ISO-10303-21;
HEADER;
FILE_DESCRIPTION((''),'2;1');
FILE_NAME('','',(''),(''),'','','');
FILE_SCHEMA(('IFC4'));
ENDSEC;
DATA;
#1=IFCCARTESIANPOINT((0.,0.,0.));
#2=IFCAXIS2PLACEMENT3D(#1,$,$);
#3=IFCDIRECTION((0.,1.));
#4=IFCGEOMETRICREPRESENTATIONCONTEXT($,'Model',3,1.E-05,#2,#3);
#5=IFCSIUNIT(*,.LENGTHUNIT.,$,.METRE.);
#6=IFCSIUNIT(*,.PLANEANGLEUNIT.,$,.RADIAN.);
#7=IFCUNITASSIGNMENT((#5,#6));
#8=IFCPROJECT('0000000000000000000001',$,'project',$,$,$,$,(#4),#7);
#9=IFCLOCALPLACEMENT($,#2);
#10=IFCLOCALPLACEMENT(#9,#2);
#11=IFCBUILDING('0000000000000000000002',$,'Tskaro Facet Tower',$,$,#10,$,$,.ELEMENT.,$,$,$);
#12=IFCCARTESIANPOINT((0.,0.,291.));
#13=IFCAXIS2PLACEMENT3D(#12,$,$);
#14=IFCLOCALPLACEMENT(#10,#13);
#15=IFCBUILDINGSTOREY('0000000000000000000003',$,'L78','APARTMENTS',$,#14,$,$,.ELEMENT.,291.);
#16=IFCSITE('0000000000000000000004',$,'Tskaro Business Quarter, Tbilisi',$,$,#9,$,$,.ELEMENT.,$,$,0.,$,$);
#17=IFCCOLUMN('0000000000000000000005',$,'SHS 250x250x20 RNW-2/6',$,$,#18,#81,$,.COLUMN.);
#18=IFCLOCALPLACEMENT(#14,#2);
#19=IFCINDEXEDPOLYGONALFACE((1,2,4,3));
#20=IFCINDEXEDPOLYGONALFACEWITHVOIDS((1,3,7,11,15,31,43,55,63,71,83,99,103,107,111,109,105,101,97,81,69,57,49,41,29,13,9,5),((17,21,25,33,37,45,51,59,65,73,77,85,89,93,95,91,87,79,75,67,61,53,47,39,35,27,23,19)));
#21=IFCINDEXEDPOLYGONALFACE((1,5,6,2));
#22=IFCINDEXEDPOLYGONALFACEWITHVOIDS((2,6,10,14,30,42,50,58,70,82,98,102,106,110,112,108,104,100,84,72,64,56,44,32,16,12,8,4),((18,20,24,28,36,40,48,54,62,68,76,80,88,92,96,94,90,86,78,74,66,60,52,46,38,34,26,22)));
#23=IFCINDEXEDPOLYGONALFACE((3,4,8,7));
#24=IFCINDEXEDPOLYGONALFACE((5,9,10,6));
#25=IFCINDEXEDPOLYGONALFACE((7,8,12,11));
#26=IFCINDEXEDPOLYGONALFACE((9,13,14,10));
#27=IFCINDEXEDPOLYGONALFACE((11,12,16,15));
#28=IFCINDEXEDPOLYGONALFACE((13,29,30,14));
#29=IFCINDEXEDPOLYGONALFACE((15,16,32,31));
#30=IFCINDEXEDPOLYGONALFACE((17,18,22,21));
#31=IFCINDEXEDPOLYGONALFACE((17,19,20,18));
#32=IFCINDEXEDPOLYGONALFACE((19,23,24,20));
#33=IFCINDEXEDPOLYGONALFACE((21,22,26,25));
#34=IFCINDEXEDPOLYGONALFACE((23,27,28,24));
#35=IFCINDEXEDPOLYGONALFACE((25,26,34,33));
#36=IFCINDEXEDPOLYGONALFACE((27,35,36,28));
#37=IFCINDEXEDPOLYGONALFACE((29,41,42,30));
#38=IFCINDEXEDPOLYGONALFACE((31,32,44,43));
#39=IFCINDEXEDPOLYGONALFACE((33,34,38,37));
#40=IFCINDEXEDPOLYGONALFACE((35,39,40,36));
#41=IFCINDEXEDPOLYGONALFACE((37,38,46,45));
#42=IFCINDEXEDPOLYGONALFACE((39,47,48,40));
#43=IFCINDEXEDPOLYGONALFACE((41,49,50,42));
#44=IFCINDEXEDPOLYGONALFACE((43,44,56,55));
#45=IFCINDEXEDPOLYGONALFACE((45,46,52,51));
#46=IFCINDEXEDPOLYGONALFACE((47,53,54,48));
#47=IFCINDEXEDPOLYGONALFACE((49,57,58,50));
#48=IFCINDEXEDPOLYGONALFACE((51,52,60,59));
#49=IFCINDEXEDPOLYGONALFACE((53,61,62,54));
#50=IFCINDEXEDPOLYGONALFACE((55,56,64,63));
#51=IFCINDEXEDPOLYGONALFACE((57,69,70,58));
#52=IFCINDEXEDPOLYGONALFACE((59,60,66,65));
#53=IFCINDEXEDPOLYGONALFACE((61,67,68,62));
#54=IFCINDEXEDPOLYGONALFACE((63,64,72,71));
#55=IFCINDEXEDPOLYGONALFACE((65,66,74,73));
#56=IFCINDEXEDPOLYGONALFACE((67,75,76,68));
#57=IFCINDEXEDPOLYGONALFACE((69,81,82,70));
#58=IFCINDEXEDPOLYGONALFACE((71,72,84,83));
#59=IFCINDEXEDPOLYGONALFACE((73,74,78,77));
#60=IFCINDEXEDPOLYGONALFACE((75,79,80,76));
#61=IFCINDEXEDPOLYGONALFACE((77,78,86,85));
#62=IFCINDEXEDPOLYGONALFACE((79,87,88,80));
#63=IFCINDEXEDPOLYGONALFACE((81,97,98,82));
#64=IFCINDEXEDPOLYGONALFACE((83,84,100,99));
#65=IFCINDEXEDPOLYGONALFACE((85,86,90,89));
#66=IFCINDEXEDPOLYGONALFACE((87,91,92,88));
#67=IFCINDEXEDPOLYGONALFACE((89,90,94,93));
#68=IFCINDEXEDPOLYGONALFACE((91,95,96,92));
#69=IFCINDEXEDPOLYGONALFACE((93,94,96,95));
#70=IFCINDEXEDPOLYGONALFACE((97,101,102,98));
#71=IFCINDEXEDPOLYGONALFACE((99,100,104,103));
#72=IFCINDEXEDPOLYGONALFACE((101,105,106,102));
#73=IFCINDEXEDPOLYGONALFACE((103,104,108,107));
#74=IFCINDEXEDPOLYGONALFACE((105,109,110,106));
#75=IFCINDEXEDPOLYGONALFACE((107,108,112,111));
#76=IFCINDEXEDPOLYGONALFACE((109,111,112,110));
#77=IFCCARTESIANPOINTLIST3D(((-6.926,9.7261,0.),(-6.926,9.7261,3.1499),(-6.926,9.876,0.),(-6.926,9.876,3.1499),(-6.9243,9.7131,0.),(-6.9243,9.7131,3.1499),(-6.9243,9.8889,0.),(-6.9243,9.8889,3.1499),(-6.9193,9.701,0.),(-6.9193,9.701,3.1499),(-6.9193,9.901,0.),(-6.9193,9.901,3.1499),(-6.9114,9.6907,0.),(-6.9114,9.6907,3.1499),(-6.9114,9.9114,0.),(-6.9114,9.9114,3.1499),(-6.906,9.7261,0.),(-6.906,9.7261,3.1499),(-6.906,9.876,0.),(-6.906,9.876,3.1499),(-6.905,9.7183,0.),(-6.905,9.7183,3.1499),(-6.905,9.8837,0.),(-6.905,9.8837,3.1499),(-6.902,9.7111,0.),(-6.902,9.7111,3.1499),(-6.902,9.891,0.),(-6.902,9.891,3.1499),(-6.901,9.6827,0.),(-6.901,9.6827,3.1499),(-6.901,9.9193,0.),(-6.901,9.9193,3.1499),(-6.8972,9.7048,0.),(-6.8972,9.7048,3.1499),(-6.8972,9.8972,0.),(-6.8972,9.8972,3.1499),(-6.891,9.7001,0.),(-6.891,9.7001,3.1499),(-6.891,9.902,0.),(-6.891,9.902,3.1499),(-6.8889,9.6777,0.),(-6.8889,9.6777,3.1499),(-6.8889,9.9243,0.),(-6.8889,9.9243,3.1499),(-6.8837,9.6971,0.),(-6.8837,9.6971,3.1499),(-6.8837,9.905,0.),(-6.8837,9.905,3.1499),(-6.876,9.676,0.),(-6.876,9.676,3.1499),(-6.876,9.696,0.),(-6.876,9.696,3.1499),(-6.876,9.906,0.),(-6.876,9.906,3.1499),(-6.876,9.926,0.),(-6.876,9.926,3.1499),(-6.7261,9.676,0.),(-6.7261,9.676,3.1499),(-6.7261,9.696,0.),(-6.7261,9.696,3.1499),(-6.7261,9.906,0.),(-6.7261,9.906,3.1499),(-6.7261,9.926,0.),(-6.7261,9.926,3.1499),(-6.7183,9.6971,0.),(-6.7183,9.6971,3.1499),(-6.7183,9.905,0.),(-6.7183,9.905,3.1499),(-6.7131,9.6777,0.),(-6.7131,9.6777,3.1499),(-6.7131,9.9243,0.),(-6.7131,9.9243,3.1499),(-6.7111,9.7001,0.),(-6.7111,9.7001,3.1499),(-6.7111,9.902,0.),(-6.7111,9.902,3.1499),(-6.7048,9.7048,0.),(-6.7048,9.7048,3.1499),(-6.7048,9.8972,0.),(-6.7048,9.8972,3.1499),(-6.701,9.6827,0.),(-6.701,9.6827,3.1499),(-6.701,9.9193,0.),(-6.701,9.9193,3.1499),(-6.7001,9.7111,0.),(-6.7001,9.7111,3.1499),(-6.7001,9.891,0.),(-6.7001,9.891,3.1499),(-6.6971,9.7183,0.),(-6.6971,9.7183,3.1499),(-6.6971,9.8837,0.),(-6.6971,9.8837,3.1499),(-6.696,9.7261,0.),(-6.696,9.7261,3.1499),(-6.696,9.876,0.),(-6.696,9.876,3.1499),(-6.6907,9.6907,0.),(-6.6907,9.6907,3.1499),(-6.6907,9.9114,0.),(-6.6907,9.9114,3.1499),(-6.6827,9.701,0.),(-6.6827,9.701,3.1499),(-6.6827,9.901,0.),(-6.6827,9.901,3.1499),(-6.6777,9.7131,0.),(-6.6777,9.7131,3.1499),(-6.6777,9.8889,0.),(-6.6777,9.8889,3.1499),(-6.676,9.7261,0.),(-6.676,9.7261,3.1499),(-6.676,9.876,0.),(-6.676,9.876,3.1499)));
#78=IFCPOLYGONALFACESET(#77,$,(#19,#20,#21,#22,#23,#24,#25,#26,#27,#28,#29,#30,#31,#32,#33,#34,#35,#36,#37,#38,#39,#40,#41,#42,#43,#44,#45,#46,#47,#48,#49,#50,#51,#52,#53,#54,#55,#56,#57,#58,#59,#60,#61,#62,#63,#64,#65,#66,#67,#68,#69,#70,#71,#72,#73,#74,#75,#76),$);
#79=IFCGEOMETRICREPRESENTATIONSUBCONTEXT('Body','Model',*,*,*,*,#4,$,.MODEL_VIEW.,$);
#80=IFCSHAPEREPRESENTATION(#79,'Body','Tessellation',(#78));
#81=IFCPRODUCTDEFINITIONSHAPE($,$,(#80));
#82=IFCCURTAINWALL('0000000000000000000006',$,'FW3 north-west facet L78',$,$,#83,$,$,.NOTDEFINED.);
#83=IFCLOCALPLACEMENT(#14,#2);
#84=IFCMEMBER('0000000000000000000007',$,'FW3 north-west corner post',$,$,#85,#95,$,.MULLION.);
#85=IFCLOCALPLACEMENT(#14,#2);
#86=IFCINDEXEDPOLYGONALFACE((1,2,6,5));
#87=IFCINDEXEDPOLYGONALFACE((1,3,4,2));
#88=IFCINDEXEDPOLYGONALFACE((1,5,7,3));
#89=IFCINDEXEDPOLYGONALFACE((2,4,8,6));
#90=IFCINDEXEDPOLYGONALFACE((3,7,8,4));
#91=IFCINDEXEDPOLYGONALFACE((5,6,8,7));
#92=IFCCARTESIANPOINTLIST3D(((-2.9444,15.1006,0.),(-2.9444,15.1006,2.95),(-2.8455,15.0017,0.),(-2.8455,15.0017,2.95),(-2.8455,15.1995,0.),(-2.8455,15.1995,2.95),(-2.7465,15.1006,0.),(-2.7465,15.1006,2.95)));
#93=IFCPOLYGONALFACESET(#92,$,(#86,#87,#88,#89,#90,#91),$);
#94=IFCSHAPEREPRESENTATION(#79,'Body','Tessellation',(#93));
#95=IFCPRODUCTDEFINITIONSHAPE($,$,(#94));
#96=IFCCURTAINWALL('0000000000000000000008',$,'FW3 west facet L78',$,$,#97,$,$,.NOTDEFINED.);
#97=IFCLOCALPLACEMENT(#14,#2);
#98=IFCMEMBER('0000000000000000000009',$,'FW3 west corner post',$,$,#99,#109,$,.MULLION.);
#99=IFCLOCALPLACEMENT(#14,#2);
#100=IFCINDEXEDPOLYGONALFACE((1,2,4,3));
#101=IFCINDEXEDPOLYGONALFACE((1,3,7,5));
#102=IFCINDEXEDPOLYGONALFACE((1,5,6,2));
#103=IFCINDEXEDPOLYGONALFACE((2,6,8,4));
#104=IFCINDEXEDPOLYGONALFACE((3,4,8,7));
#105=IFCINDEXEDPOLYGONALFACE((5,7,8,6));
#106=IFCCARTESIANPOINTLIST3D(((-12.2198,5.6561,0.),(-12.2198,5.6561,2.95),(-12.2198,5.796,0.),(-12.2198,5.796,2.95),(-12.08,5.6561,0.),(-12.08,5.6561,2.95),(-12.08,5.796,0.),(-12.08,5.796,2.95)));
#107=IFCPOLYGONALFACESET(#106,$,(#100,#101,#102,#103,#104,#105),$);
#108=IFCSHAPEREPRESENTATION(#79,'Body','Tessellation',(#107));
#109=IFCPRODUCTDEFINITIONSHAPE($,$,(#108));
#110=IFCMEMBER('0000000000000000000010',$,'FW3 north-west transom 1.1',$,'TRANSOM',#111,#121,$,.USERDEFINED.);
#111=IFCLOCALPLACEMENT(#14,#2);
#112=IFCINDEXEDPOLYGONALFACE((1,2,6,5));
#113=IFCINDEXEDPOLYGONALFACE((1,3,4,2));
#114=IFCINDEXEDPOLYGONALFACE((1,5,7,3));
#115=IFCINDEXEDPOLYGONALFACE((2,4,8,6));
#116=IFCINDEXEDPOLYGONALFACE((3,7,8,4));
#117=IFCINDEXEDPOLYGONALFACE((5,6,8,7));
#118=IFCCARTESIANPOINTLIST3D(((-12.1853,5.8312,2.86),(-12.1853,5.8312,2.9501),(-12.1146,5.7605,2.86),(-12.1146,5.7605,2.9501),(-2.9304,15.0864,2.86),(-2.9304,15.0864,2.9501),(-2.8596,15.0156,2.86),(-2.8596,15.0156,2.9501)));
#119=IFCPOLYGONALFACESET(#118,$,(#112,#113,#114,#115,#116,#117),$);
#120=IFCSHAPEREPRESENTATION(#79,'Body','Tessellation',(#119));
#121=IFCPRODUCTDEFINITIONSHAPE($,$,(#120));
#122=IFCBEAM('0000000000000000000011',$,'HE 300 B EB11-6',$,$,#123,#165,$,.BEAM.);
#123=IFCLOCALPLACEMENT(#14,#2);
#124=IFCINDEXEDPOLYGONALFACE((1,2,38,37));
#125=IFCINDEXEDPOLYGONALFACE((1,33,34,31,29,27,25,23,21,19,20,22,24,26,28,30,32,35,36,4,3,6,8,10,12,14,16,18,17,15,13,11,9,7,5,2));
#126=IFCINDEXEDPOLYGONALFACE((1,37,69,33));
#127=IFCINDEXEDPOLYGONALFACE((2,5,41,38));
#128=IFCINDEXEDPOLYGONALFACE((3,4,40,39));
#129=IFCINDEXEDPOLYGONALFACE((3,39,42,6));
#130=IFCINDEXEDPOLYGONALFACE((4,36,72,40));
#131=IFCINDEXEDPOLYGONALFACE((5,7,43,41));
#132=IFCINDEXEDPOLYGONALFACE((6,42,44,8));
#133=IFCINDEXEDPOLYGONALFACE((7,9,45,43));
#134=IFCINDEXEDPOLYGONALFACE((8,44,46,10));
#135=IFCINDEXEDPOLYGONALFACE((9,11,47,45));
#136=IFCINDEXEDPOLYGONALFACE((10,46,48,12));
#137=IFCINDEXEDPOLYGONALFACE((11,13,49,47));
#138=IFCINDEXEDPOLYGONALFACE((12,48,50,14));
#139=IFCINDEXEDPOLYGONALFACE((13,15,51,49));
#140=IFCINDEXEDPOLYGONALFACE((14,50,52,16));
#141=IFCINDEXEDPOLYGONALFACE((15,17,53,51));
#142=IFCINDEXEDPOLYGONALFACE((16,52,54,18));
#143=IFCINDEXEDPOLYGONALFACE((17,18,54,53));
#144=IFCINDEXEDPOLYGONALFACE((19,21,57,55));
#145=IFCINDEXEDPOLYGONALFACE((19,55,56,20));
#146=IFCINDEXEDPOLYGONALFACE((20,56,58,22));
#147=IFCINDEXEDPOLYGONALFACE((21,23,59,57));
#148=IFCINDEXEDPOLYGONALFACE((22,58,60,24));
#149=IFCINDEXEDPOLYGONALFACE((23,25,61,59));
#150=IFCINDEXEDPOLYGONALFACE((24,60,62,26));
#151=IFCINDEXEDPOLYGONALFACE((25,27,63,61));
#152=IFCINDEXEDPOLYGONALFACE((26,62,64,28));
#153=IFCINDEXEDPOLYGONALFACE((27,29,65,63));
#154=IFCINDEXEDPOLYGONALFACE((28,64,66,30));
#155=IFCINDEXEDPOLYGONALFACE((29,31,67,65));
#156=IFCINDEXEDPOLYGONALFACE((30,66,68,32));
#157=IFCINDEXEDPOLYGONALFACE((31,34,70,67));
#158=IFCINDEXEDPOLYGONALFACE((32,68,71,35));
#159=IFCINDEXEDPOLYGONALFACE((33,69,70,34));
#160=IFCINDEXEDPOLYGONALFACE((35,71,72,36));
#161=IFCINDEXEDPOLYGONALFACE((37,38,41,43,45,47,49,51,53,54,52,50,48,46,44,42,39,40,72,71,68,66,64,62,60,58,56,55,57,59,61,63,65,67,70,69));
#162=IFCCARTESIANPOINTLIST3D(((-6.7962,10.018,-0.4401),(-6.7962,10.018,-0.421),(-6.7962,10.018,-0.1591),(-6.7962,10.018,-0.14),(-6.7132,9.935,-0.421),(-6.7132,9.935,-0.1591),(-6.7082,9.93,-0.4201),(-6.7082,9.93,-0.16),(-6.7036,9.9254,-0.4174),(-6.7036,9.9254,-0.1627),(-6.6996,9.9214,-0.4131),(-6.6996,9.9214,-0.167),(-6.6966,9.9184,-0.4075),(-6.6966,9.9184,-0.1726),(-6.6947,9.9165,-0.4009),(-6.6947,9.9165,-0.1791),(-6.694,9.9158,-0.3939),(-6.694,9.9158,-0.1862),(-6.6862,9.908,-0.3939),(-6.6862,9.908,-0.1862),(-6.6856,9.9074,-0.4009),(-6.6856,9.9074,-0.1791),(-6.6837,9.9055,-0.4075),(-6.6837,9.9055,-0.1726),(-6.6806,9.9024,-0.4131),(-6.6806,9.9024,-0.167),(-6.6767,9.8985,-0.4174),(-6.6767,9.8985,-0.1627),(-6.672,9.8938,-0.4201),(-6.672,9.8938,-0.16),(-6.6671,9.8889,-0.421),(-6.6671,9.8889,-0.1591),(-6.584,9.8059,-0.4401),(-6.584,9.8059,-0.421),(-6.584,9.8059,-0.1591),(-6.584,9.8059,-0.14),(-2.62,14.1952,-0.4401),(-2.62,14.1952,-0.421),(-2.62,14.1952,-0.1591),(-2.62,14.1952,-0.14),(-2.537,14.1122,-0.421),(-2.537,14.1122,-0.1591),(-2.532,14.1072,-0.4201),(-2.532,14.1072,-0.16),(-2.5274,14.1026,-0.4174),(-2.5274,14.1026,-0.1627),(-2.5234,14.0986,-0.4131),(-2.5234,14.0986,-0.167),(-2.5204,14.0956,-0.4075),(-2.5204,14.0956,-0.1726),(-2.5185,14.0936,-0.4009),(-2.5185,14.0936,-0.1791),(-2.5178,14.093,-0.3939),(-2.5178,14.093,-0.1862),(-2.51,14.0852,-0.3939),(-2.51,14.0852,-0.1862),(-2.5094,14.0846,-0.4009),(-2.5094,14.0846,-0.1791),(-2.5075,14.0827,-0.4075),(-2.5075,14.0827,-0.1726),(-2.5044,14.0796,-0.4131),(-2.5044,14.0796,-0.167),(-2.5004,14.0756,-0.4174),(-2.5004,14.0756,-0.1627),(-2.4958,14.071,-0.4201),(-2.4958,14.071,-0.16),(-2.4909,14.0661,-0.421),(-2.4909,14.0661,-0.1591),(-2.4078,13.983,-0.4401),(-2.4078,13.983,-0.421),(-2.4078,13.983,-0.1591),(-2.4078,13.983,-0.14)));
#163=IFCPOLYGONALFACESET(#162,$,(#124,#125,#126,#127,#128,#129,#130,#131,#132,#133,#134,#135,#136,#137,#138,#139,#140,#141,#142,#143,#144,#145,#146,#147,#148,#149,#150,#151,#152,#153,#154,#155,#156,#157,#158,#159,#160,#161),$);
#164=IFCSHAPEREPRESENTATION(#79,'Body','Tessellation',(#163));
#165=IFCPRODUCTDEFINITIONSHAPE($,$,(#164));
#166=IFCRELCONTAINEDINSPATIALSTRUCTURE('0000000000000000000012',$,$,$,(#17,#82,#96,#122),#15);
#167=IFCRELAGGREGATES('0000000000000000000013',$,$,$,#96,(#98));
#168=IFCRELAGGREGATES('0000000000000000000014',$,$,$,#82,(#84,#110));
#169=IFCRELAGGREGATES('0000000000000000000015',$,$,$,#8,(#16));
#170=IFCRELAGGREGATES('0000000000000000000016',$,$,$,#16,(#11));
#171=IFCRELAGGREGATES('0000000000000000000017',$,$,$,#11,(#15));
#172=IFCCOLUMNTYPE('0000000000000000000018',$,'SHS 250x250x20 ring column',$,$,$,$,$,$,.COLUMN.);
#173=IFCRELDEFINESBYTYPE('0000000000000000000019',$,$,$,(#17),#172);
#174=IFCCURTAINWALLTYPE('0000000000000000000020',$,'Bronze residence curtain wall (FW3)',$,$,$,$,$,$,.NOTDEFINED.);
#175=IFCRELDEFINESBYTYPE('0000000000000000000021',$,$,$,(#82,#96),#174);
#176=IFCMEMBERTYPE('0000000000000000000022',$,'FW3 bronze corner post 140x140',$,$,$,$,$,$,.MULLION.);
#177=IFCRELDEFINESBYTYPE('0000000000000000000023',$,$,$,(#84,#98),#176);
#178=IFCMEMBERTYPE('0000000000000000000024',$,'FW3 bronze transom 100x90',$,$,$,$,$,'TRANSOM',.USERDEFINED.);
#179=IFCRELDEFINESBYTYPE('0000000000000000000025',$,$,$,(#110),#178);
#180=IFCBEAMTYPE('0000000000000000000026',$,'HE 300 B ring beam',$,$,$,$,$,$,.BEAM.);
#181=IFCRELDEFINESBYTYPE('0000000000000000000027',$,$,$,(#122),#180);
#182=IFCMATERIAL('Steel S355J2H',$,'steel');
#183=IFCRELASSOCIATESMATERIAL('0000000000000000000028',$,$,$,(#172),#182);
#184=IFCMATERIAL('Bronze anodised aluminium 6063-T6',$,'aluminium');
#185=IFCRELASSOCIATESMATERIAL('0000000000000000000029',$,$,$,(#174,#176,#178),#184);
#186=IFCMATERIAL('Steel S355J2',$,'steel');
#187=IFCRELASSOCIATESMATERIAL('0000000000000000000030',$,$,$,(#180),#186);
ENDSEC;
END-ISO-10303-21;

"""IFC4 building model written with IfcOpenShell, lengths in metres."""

from ifc_helpers import new_model, si_unit, direction, frame, origin, origin_2d, place, context, subcontext, project, spatial, rectangle, hollow_rectangle, i_section, extrude, material, material_profile, profile_set, type_object, element, aggregate, save


model = new_model("IFC4")

# Units and contexts
model_context = context("Model", 3, precision=1e-05, world=origin(), true_north=direction((0.0, 1.0)))
body_context = subcontext(model_context, "Body", "Model", "MODEL_VIEW")
ifc_project = project(units=[si_unit("LENGTHUNIT", "METRE"), si_unit("PLANEANGLEUNIT", "RADIAN")], contexts=[model_context])

# Site, building, storey
site_placement = place(None, origin())
site = spatial("IfcSite", under=ifc_project, at=site_placement, Name="Tskaro Business Quarter, Tbilisi", CompositionType="ELEMENT", RefElevation=0.0)
building_placement = place(site_placement, origin())
building = spatial("IfcBuilding", under=site, at=building_placement, Name="Tskaro Facet Tower", CompositionType="ELEMENT")
storey_placement = place(building_placement, frame((0.0, 0.0, 291.0)))
storey = spatial("IfcBuildingStorey", under=building, at=storey_placement, Name="L78", Description="APARTMENTS", CompositionType="ELEMENT", Elevation=291.0)

# Column
ifc_material_1 = material(Name="Steel S355J2", Category="steel")
ifc_material_2 = material(Name="Steel S355J2H", Category="steel")
ifc_material_profile_1 = material_profile(ifc_material_2, hollow_rectangle(XDim=0.25, YDim=0.25, WallThickness=0.02, InnerFilletRadius=0.03, OuterFilletRadius=0.05, at=origin_2d()), Name="SHS 250x250x20")
ifc_profile_set_1 = profile_set([ifc_material_profile_1], Name="Steel S355J2H")
column_type_1 = type_object("IfcColumnType", Name="SHS 250x250x20 ring column", PredefinedType="COLUMN", material=ifc_profile_set_1)
for number, where, z_axis, x_axis, name in (
    (1, (-6.801, 9.801, 0.0), (0.0, 0.0, 1.0), (1.0, 0.0, 0.0), "SHS 250x250x20 RNW-2/6"),
):
    element("IfcColumn", number, at=place(storey_placement, frame(where, z_axis=z_axis, x_axis=x_axis)), inside=storey, type_object=column_type_1, Name=name, PredefinedType="COLUMN", context=body_context, shape_type="SweptSolid", body=[
        extrude(hollow_rectangle(XDim=0.25, YDim=0.25, WallThickness=0.02, InnerFilletRadius=0.03, OuterFilletRadius=0.05, at=origin_2d()), origin(), (0.0, 0.0, 1.0), 3.1499),
    ])

# Curtain walls, members
ifc_material_3 = material(Name="Bronze anodised aluminium 6063-T6", Category="aluminium")
curtain_wall_type = type_object("IfcCurtainWallType", Name="Bronze residence curtain wall (FW3)", PredefinedType="NOTDEFINED", material=ifc_material_3)
curtain_wall_1_placement = place(storey_placement, origin())
curtain_wall_1 = element("IfcCurtainWall", 2, at=curtain_wall_1_placement, inside=storey, type_object=curtain_wall_type, Name="FW3 north-west facet L78", PredefinedType="NOTDEFINED")
ifc_material_profile_2 = material_profile(ifc_material_3, rectangle(XDim=0.1399, YDim=0.1399, at=origin_2d()), Name="Corner post 140x140")
ifc_profile_set_2 = profile_set([ifc_material_profile_2], Name="Bronze anodised aluminium 6063-T6")
member_type_1 = type_object("IfcMemberType", Name="FW3 bronze corner post 140x140", PredefinedType="MULLION", material=ifc_profile_set_2)
member_1_placement = place(storey_placement, frame((-2.8455, 15.1006, 0.0), z_axis=(0.0, 0.0, 1.0), x_axis=(-0.707107, -0.707107, 0.0)))
member_1 = element("IfcMember", 3, at=member_1_placement, type_object=member_type_1, Name="FW3 north-west corner post", PredefinedType="MULLION", context=body_context, shape_type="SweptSolid", body=[
    extrude(rectangle(XDim=0.1399, YDim=0.1399, at=origin_2d()), origin(), (0.0, 0.0, 1.0), 2.95),
])
curtain_wall_2_placement = place(storey_placement, origin())
curtain_wall_2 = element("IfcCurtainWall", 4, at=curtain_wall_2_placement, inside=storey, type_object=curtain_wall_type, Name="FW3 west facet L78", PredefinedType="NOTDEFINED")
member_2_placement = place(storey_placement, frame((-12.1499, 5.7261, 0.0), z_axis=(0.0, 0.0, 1.0), x_axis=(0.0, -1.0, 0.0)))
member_2 = element("IfcMember", 5, at=member_2_placement, type_object=member_type_1, Name="FW3 west corner post", PredefinedType="MULLION", context=body_context, shape_type="SweptSolid", body=[
    extrude(rectangle(XDim=0.1399, YDim=0.1399, at=origin_2d()), origin(), (0.0, 0.0, 1.0), 2.95),
])
aggregate(curtain_wall_2, [member_2])

# Member
ifc_material_profile_3 = material_profile(ifc_material_3, rectangle(XDim=0.1001, YDim=0.0901, at=origin_2d()), Name="Transom 100x90")
ifc_profile_set_3 = profile_set([ifc_material_profile_3], Name="Bronze anodised aluminium 6063-T6")
member_type_2 = type_object("IfcMemberType", Name="FW3 bronze transom 100x90", ElementType="TRANSOM", PredefinedType="USERDEFINED", material=ifc_profile_set_3)
member_3_placement = place(storey_placement, frame((-2.895, 15.051, 2.905), z_axis=(-0.707097, -0.707116, 0.0), x_axis=(0.707116, -0.707097, 0.0)))
member_3 = element("IfcMember", 6, at=member_3_placement, type_object=member_type_2, Name="FW3 north-west transom 1.1", ObjectType="TRANSOM", PredefinedType="USERDEFINED", context=body_context, shape_type="SweptSolid", body=[
    extrude(rectangle(XDim=0.1001, YDim=0.0901, at=origin_2d()), origin(), (0.0, 0.0, 1.0), 13.0886),
])

# Beam
ifc_material_profile_4 = material_profile(ifc_material_1, i_section(OverallWidth=0.3, OverallDepth=0.3, WebThickness=0.011, FlangeThickness=0.019, FilletRadius=0.0271, at=origin_2d()), Name="HE 300 B")
ifc_profile_set_4 = profile_set([ifc_material_profile_4], Name="Steel S355J2")
beam_type_1 = type_object("IfcBeamType", Name="HE 300 B ring beam", PredefinedType="BEAM", material=ifc_profile_set_4)
for number, where, z_axis, x_axis, name in (
    (7, (-2.5139, 14.0891, -0.29), (-0.707024, -0.707189, 0.0), (0.707189, -0.707024, 0.0), "HE 300 B EB11-6"),
):
    element("IfcBeam", number, at=place(storey_placement, frame(where, z_axis=z_axis, x_axis=x_axis)), inside=storey, type_object=beam_type_1, Name=name, PredefinedType="BEAM", context=body_context, shape_type="SweptSolid", body=[
        extrude(i_section(OverallWidth=0.3, OverallDepth=0.3, WebThickness=0.011, FlangeThickness=0.019, FilletRadius=0.0271, at=origin_2d()), origin(), (0.0, 0.0, 1.0), 5.9067),
    ])

aggregate(curtain_wall_1, [member_1, member_3])

save(model, "model.ifc")
